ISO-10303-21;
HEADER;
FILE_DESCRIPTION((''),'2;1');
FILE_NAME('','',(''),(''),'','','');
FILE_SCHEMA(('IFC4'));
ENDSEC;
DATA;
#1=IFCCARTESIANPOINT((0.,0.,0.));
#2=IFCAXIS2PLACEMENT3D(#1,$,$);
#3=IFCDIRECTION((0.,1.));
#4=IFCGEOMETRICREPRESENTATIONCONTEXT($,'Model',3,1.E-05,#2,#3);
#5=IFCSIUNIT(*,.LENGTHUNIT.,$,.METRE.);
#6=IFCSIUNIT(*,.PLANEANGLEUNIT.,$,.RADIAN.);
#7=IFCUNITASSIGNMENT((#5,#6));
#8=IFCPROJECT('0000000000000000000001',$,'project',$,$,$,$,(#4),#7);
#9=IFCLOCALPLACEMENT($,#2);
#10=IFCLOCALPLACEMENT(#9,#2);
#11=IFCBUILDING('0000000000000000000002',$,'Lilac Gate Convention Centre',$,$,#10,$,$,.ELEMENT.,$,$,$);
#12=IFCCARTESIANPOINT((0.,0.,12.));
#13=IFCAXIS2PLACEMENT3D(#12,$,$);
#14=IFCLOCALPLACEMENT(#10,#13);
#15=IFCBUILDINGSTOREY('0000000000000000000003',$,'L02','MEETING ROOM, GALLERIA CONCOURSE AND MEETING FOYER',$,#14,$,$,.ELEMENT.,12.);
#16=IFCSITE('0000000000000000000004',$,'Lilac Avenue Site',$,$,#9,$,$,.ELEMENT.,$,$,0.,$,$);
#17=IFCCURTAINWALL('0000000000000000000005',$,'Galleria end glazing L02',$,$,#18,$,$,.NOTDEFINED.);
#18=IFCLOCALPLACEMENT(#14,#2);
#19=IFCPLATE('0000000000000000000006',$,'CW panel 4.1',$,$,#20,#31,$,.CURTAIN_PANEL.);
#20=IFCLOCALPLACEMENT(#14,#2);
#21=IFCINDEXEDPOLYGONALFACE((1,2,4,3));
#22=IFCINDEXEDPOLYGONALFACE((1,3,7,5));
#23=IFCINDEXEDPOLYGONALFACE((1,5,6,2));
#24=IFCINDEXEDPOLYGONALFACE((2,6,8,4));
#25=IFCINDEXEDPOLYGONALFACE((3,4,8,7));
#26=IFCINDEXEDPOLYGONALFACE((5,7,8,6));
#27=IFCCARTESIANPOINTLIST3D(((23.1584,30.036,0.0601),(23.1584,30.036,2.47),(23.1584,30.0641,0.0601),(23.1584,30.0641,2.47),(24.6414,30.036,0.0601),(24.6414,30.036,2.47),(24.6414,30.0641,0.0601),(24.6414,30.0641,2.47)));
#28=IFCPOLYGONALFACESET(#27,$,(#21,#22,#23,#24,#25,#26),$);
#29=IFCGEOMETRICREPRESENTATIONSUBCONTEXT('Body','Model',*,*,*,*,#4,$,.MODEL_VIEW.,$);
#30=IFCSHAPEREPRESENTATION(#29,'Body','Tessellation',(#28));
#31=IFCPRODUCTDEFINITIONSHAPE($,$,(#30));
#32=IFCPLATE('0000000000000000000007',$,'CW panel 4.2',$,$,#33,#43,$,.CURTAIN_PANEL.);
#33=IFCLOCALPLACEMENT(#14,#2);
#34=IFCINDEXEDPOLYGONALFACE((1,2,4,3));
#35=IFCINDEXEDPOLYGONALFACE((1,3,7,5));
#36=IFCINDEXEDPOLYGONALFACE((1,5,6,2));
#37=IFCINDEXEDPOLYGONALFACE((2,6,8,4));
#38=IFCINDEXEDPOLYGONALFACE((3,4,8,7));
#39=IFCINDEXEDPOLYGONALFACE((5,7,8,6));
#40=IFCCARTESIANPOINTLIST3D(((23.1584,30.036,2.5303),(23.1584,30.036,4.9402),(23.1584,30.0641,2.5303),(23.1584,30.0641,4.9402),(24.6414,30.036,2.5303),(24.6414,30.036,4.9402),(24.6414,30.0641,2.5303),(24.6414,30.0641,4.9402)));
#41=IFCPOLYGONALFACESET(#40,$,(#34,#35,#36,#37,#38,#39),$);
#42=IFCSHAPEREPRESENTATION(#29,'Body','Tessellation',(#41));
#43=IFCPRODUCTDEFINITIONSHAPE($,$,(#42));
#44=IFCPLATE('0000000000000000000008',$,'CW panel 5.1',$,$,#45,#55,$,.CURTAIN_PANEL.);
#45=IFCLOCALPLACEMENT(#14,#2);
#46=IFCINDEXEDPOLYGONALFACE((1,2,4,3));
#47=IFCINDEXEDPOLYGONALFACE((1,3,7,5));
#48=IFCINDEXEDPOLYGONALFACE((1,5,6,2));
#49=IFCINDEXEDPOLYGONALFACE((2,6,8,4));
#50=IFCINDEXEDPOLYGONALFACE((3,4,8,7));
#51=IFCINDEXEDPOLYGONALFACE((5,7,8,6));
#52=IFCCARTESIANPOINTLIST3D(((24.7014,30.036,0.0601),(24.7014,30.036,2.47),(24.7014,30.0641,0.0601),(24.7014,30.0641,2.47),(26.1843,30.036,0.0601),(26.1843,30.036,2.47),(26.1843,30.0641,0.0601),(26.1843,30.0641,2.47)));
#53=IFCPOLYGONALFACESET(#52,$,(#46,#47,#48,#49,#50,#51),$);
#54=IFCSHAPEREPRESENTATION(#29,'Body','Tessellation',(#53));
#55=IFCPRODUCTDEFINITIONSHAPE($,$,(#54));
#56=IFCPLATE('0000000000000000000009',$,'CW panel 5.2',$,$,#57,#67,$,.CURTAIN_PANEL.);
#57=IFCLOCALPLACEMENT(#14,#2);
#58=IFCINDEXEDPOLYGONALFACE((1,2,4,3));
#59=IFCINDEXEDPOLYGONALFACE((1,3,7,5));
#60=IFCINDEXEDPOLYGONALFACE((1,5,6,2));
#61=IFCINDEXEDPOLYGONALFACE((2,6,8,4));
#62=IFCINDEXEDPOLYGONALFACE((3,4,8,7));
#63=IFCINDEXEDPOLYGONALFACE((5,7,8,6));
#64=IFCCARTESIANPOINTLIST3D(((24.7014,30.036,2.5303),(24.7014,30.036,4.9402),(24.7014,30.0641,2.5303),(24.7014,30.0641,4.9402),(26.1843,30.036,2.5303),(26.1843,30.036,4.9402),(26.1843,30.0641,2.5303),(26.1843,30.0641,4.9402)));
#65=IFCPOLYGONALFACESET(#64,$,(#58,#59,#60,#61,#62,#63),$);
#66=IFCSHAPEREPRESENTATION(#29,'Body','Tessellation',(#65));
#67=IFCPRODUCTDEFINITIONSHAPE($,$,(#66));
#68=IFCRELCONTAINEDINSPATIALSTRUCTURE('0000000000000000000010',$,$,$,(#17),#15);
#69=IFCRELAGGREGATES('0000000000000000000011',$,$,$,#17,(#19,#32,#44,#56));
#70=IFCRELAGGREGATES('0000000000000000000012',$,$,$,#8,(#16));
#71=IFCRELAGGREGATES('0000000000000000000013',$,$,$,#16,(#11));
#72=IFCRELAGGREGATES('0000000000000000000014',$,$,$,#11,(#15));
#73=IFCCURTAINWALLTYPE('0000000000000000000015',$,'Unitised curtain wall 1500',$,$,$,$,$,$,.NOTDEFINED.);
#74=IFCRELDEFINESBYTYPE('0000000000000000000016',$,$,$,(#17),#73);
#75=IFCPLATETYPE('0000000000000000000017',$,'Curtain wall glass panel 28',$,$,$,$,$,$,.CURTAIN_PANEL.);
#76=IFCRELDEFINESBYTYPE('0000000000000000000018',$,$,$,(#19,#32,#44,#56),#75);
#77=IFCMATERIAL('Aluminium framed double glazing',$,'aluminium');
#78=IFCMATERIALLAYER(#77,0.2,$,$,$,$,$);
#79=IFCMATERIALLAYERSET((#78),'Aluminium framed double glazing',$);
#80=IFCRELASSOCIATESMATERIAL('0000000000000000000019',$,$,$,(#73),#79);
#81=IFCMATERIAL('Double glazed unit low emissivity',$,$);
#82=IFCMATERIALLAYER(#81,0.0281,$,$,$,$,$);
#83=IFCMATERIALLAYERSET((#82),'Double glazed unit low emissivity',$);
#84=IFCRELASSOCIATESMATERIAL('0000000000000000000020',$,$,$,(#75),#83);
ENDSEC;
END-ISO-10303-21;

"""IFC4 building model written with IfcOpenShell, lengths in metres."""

from ifc_helpers import new_model, si_unit, direction, frame, origin, origin_2d, place, context, subcontext, project, spatial, rectangle, extrude, material, layer, layer_set, type_object, element, aggregate, save


model = new_model("IFC4")

# Units and contexts
model_context = context("Model", 3, precision=1e-05, world=origin(), true_north=direction((0.0, 1.0)))
body_context = subcontext(model_context, "Body", "Model", "MODEL_VIEW")
ifc_project = project(units=[si_unit("LENGTHUNIT", "METRE"), si_unit("PLANEANGLEUNIT", "RADIAN")], contexts=[model_context])

# Site, building, storey
site_placement = place(None, origin())
site = spatial("IfcSite", under=ifc_project, at=site_placement, Name="Lilac Avenue Site", CompositionType="ELEMENT", RefElevation=0.0)
building_placement = place(site_placement, origin())
building = spatial("IfcBuilding", under=site, at=building_placement, Name="Lilac Gate Convention Centre", CompositionType="ELEMENT")
storey_placement = place(building_placement, frame((0.0, 0.0, 12.0)))
storey = spatial("IfcBuildingStorey", under=building, at=storey_placement, Name="L02", Description="MEETING ROOM, GALLERIA CONCOURSE AND MEETING FOYER", CompositionType="ELEMENT", Elevation=12.0)

# Curtain wall, plates
ifc_material_1 = material(Name="Aluminium framed double glazing", Category="aluminium")
ifc_layer_1 = layer(ifc_material_1, 0.2)
ifc_layer_set_1 = layer_set([ifc_layer_1], Name="Aluminium framed double glazing")
curtain_wall_type = type_object("IfcCurtainWallType", Name="Unitised curtain wall 1500", PredefinedType="NOTDEFINED", material=ifc_layer_set_1)
curtain_wall_placement = place(storey_placement, origin())
curtain_wall = element("IfcCurtainWall", 1, at=curtain_wall_placement, inside=storey, type_object=curtain_wall_type, Name="Galleria end glazing L02", PredefinedType="NOTDEFINED")
ifc_material_2 = material(Name="Double glazed unit low emissivity")
ifc_layer_2 = layer(ifc_material_2, 0.0281)
ifc_layer_set_2 = layer_set([ifc_layer_2], Name="Double glazed unit low emissivity")
plate_type = type_object("IfcPlateType", Name="Curtain wall glass panel 28", PredefinedType="CURTAIN_PANEL", material=ifc_layer_set_2)
plate_1_placement = place(storey_placement, frame((23.8999, 30.05, 0.0601), z_axis=(0.0, 0.0, 1.0), x_axis=(1.0, 0.0, 0.0)))
plate_1 = element("IfcPlate", 2, at=plate_1_placement, type_object=plate_type, Name="CW panel 4.1", PredefinedType="CURTAIN_PANEL", context=body_context, shape_type="SweptSolid", body=[
    extrude(rectangle(XDim=1.4829, YDim=0.0281, at=origin_2d()), origin(), (0.0, 0.0, 1.0), 2.4099),
])
plate_2_placement = place(storey_placement, frame((23.8999, 30.05, 2.5303), z_axis=(0.0, 0.0, 1.0), x_axis=(1.0, 0.0, 0.0)))
plate_2 = element("IfcPlate", 3, at=plate_2_placement, type_object=plate_type, Name="CW panel 4.2", PredefinedType="CURTAIN_PANEL", context=body_context, shape_type="SweptSolid", body=[
    extrude(rectangle(XDim=1.4829, YDim=0.0281, at=origin_2d()), origin(), (0.0, 0.0, 1.0), 2.4099),
])
plate_3_placement = place(storey_placement, frame((25.4429, 30.05, 0.0601), z_axis=(0.0, 0.0, 1.0), x_axis=(1.0, 0.0, 0.0)))
plate_3 = element("IfcPlate", 4, at=plate_3_placement, type_object=plate_type, Name="CW panel 5.1", PredefinedType="CURTAIN_PANEL", context=body_context, shape_type="SweptSolid", body=[
    extrude(rectangle(XDim=1.4829, YDim=0.0281, at=origin_2d()), origin(), (0.0, 0.0, 1.0), 2.4099),
])
plate_4_placement = place(storey_placement, frame((25.4429, 30.05, 2.5303), z_axis=(0.0, 0.0, 1.0), x_axis=(1.0, 0.0, 0.0)))
plate_4 = element("IfcPlate", 5, at=plate_4_placement, type_object=plate_type, Name="CW panel 5.2", PredefinedType="CURTAIN_PANEL", context=body_context, shape_type="SweptSolid", body=[
    extrude(rectangle(XDim=1.4829, YDim=0.0281, at=origin_2d()), origin(), (0.0, 0.0, 1.0), 2.4099),
])
aggregate(curtain_wall, [plate_1, plate_2, plate_3, plate_4])

save(model, "model.ifc")
